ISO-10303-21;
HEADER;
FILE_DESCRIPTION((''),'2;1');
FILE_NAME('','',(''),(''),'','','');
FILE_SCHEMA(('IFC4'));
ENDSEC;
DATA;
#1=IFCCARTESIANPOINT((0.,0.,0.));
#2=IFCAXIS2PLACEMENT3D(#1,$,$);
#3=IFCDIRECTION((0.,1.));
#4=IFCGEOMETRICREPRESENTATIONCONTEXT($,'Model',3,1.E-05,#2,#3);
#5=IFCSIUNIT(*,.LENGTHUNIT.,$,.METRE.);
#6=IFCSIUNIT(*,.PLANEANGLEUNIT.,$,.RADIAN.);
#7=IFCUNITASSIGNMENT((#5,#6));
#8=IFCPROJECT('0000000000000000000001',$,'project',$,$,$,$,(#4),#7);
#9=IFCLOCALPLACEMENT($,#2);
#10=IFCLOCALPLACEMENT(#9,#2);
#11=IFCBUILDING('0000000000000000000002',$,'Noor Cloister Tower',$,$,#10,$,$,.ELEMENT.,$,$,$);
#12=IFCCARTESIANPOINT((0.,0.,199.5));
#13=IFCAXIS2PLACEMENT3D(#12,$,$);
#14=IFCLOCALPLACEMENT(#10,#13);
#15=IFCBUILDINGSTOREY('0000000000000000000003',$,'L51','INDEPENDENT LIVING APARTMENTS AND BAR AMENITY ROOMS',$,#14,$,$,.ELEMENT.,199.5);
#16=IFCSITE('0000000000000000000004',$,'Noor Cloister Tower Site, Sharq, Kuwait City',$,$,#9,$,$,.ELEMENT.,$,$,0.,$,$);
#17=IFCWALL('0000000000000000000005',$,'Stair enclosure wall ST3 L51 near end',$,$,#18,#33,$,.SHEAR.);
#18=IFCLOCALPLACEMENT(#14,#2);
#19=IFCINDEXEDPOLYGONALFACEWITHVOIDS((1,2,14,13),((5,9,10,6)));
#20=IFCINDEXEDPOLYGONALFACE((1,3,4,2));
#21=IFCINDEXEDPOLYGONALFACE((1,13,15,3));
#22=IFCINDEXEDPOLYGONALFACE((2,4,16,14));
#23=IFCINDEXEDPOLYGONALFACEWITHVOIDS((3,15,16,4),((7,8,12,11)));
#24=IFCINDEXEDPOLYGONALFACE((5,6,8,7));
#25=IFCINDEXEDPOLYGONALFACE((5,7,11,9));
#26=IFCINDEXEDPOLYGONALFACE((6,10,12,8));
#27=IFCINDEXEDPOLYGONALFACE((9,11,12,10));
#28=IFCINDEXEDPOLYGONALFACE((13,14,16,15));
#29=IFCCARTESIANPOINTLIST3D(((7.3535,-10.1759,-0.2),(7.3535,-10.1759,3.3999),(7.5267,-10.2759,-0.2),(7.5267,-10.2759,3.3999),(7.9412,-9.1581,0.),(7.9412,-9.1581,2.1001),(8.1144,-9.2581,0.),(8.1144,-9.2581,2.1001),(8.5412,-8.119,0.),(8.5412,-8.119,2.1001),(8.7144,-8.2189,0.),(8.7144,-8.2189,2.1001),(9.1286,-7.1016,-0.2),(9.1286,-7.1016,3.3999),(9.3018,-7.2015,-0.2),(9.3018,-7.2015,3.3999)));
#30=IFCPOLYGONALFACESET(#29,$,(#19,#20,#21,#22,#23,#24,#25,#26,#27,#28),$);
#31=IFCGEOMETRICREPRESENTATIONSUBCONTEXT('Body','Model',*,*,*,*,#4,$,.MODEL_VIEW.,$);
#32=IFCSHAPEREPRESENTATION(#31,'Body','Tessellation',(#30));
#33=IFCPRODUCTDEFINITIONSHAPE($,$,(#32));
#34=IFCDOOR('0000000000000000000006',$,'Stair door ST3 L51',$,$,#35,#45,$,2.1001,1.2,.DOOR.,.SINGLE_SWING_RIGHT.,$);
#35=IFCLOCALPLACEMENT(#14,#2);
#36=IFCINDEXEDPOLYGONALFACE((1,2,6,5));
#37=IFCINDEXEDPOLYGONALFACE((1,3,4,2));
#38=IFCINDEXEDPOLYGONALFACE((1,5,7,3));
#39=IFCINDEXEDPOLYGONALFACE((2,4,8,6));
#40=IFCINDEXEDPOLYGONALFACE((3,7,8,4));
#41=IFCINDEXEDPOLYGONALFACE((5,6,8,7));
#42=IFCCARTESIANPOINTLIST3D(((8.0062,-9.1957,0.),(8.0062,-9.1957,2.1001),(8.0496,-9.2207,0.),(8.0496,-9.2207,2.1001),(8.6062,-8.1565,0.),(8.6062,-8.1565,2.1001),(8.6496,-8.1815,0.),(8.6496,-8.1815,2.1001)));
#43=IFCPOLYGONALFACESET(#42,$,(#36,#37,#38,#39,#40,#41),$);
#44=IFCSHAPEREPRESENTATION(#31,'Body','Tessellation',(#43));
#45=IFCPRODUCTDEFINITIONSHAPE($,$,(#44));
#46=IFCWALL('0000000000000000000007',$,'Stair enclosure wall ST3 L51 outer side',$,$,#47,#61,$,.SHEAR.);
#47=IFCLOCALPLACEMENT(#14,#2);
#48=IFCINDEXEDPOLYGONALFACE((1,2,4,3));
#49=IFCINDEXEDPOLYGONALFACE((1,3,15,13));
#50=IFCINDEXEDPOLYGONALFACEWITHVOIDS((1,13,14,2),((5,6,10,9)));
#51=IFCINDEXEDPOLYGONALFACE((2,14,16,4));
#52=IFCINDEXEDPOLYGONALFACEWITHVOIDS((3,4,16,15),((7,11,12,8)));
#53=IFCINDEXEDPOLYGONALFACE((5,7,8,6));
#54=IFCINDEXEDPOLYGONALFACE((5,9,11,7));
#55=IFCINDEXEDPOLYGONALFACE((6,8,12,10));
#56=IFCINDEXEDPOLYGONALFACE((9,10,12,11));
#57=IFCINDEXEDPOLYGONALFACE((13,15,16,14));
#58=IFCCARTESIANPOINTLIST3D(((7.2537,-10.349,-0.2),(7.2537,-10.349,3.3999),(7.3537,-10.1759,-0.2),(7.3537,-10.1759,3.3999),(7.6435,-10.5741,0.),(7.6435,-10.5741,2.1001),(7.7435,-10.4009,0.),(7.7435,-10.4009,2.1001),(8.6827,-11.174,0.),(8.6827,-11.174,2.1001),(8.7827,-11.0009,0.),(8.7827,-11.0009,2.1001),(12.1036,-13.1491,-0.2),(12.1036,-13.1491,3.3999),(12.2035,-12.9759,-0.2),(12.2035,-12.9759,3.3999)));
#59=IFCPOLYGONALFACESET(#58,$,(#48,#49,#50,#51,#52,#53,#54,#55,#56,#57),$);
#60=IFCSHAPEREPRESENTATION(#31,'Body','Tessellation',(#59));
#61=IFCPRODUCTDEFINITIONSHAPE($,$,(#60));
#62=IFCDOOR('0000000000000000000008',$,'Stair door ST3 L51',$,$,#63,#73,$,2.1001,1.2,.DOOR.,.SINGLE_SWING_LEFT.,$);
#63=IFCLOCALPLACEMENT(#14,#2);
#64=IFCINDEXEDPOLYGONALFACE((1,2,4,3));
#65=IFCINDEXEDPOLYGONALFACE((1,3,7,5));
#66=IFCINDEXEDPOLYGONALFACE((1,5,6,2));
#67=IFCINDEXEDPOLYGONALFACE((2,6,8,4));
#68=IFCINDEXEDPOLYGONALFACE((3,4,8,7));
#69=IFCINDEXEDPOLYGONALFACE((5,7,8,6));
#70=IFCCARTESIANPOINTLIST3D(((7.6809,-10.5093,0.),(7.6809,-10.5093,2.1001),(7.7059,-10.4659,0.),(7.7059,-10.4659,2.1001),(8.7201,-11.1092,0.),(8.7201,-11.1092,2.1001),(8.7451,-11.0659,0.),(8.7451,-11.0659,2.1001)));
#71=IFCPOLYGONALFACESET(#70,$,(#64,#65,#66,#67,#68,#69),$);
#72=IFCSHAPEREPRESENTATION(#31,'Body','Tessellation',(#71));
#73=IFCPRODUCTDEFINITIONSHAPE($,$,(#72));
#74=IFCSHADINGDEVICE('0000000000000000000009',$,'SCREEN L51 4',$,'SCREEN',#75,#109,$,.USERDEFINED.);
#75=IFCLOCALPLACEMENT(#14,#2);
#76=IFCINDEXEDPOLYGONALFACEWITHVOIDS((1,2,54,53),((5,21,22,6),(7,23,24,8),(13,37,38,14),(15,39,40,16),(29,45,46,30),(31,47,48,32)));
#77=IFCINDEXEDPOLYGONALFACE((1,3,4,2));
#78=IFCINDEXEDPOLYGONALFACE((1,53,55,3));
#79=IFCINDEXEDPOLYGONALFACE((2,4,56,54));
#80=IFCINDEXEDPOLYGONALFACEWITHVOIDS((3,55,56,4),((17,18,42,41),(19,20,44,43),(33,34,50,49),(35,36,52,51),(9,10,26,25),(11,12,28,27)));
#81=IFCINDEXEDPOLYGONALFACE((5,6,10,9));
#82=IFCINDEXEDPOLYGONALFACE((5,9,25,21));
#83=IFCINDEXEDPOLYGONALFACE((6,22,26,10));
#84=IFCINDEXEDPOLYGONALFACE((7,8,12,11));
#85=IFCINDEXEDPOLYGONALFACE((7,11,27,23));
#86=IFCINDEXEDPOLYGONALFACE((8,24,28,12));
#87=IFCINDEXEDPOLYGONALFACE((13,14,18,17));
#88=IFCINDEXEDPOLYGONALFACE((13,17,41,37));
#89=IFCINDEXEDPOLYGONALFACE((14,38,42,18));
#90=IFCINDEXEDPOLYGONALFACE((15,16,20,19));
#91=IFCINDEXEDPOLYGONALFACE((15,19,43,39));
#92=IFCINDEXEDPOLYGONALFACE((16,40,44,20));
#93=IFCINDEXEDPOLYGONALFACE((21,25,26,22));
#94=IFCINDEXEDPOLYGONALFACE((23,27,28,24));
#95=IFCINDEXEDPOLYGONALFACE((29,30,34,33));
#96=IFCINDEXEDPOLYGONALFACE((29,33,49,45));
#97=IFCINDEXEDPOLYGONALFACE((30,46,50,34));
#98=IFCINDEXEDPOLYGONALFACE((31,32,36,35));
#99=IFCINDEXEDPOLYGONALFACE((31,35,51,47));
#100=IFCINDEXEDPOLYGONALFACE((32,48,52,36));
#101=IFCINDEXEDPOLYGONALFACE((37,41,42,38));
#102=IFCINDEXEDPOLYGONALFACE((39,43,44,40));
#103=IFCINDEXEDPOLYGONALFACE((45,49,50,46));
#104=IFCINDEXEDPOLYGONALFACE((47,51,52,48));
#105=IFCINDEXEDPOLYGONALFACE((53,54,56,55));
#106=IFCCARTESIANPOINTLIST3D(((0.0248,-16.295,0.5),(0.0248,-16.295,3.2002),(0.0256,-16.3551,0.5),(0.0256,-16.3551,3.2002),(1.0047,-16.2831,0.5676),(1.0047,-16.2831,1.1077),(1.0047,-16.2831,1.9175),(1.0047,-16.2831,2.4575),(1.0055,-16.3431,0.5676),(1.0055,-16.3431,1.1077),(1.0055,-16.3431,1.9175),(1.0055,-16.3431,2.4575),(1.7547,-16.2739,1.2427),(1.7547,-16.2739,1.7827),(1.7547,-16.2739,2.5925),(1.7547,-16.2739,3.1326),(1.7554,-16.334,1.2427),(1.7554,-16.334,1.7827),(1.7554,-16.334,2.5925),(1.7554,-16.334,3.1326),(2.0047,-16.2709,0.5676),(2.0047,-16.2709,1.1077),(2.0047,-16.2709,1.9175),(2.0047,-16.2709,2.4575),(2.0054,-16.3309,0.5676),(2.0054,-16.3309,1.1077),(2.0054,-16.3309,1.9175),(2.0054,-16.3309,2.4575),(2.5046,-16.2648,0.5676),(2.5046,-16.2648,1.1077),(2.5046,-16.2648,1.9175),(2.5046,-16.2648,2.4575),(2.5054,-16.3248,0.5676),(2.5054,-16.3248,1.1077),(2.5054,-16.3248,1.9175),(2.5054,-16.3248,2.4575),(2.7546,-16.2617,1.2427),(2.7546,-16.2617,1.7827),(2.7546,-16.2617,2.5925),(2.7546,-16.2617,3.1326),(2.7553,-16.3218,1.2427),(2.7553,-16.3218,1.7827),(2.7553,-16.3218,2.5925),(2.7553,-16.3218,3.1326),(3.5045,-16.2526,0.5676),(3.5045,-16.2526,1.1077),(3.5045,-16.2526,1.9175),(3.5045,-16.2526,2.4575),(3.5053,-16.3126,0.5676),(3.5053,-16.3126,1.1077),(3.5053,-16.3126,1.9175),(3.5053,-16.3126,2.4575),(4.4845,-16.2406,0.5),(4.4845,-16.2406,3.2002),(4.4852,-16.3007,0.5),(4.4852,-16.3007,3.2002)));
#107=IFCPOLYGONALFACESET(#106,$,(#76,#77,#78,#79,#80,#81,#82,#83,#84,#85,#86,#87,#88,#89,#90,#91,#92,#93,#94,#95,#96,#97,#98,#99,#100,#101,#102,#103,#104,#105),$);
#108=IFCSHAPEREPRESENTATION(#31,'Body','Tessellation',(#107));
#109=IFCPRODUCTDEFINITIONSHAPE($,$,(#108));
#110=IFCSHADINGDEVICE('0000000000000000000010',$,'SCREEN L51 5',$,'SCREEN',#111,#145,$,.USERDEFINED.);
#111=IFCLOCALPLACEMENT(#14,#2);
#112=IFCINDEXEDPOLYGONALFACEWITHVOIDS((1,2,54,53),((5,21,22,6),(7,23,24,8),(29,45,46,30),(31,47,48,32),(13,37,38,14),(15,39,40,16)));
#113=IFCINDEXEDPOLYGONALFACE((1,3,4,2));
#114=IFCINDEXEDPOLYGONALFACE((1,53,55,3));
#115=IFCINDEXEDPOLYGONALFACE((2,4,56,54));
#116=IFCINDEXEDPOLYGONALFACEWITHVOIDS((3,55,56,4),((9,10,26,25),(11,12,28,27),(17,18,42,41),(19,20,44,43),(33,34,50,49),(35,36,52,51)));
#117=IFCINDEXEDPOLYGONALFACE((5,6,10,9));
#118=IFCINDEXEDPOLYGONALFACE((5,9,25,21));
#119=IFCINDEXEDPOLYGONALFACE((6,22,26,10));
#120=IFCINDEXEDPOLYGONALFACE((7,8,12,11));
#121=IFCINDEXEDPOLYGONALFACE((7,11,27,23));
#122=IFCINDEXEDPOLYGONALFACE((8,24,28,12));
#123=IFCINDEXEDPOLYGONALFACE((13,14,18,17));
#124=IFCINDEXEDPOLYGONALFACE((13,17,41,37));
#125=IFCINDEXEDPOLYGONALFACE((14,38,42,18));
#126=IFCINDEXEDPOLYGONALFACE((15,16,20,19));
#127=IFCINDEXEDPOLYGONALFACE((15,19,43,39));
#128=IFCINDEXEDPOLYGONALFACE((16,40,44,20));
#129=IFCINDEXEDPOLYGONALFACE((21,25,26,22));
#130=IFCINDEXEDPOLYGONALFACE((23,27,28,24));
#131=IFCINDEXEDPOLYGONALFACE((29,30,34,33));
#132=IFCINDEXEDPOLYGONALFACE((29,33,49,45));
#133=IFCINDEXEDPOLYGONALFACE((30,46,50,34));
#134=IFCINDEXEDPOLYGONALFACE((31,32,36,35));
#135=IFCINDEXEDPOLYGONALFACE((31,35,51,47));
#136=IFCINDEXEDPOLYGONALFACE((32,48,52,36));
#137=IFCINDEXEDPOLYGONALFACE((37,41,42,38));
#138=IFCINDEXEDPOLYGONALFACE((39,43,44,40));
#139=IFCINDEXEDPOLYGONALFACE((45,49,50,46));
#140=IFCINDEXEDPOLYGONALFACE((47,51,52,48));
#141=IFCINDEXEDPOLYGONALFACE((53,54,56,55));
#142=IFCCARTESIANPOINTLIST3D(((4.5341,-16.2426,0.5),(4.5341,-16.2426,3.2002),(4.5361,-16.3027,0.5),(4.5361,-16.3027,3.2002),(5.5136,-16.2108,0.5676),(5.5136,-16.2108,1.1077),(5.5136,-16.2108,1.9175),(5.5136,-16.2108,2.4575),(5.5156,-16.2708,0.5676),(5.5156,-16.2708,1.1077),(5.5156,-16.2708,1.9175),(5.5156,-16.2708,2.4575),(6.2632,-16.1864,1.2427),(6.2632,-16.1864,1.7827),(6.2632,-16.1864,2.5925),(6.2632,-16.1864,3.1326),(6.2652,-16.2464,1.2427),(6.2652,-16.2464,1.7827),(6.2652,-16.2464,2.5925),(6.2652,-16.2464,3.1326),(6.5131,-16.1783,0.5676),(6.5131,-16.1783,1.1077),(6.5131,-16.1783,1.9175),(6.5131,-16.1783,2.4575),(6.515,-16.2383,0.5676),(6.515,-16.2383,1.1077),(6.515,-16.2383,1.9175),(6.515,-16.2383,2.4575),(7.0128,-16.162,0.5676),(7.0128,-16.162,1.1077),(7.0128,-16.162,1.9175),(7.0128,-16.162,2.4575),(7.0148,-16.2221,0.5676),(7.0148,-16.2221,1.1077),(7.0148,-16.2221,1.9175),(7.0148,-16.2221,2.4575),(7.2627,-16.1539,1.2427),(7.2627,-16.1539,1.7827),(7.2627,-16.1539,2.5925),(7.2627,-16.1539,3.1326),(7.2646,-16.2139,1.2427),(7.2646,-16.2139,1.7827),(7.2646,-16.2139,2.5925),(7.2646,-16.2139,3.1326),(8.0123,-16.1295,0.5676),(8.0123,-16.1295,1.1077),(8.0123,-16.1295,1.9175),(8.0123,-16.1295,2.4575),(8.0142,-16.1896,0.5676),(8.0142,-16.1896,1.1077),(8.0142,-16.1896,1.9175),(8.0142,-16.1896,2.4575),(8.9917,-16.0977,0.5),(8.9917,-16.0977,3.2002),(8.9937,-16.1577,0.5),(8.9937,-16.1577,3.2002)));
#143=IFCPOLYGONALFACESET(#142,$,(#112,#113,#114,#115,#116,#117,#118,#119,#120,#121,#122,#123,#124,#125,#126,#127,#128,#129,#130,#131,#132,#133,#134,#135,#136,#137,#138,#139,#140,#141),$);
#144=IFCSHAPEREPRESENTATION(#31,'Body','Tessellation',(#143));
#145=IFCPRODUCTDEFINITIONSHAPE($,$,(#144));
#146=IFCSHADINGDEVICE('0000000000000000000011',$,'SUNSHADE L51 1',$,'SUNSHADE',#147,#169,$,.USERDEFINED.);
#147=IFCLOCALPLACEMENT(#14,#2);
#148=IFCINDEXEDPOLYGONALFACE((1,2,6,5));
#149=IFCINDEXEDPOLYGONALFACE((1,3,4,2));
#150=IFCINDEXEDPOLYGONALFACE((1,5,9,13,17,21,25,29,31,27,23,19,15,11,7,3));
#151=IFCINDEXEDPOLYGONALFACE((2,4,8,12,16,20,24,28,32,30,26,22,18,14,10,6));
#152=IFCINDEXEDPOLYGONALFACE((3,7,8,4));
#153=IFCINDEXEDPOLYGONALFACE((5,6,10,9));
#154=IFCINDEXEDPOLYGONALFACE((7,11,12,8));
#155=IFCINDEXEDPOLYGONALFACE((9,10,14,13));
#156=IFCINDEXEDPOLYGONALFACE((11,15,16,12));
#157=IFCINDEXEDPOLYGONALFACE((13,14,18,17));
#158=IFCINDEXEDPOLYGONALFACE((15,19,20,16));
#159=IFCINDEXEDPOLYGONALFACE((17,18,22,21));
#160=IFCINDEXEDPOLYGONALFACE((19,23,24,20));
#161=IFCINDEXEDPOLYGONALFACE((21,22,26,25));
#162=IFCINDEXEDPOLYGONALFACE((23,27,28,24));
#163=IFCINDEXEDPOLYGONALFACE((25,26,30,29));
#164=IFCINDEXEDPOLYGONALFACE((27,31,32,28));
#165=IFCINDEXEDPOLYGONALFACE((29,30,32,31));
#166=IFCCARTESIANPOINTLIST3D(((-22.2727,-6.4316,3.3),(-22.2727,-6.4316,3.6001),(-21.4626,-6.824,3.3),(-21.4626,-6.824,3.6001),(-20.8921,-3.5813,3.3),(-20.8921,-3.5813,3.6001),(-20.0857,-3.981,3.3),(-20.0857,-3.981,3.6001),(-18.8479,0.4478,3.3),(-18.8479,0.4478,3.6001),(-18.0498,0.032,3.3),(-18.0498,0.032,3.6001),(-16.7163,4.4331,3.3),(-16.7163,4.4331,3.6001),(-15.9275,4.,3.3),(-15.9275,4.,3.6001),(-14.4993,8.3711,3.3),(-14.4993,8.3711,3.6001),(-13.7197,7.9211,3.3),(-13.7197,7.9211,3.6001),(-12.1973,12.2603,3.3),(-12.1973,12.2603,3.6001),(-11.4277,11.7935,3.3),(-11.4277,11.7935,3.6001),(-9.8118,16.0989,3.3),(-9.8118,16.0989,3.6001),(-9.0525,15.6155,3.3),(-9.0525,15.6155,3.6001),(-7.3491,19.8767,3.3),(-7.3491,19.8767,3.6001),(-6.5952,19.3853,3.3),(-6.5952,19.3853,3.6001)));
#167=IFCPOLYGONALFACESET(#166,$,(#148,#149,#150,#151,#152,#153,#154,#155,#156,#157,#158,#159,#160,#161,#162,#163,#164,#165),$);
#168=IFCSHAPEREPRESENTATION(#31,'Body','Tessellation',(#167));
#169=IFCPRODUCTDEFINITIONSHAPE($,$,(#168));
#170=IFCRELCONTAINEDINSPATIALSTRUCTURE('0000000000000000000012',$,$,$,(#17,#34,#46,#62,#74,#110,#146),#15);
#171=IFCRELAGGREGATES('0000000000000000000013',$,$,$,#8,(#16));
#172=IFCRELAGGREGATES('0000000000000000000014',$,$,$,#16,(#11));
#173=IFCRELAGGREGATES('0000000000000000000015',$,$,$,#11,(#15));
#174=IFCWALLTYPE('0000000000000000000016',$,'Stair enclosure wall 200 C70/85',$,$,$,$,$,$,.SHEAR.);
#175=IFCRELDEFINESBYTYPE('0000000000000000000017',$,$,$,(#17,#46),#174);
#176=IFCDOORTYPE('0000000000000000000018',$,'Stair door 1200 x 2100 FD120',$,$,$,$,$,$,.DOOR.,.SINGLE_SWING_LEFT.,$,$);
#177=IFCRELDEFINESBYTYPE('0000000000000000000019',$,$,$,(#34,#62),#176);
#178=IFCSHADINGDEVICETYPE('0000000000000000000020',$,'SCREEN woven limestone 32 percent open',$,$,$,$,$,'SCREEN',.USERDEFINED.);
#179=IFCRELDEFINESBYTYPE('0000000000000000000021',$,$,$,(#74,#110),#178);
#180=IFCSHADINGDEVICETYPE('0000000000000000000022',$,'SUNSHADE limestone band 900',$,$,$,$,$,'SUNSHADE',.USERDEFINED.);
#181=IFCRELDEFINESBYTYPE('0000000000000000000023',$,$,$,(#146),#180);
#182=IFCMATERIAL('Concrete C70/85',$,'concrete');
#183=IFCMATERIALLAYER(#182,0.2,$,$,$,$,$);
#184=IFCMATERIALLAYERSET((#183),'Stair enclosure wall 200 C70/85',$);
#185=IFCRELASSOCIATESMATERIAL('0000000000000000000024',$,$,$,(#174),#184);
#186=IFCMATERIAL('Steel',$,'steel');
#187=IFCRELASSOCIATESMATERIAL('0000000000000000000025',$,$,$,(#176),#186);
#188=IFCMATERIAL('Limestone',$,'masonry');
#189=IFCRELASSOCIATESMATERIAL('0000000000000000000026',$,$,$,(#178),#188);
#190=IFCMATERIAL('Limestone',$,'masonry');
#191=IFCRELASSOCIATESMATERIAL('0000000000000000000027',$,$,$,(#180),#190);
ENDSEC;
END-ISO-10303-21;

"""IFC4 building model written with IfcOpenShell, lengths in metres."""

from ifc_helpers import new_model, si_unit, direction, frame, frame_2d, origin, place, context, subcontext, project, spatial, polyline, rectangle, outline, extrude, material, layer, layer_set, material_profile, profile_set, type_object, element, fill, save


model = new_model("IFC4")

# Units and contexts
model_context = context("Model", 3, precision=1e-05, world=origin(), true_north=direction((0.0, 1.0)))
body_context = subcontext(model_context, "Body", "Model", "MODEL_VIEW")
ifc_project = project(units=[si_unit("LENGTHUNIT", "METRE"), si_unit("PLANEANGLEUNIT", "RADIAN")], contexts=[model_context])

# Site, building, storey
site_placement = place(None, origin())
site = spatial("IfcSite", under=ifc_project, at=site_placement, Name="Noor Cloister Tower Site, Sharq, Kuwait City", CompositionType="ELEMENT", RefElevation=0.0)
building_placement = place(site_placement, origin())
building = spatial("IfcBuilding", under=site, at=building_placement, Name="Noor Cloister Tower", CompositionType="ELEMENT")
storey_placement = place(building_placement, frame((0.0, 0.0, 199.5)))
storey = spatial("IfcBuildingStorey", under=building, at=storey_placement, Name="L51", Description="INDEPENDENT LIVING APARTMENTS AND BAR AMENITY ROOMS", CompositionType="ELEMENT", Elevation=199.5)

# Walls, openings, doors
ifc_material_1 = material(Name="Concrete C70/85", Category="concrete")
ifc_layer_1 = layer(ifc_material_1, 0.2)
ifc_layer_set_1 = layer_set([ifc_layer_1], Name="Stair enclosure wall 200 C70/85")
wall_type_1 = type_object("IfcWallType", Name="Stair enclosure wall 200 C70/85", PredefinedType="SHEAR", material=ifc_layer_set_1)
wall_1_placement = place(storey_placement, frame((7.4402, -10.2258, -0.2), z_axis=(0.0, 0.0, 1.0), x_axis=(0.500022, 0.866013, 0.0)))
wall_1 = element("IfcWall", 1, at=wall_1_placement, inside=storey, type_object=wall_type_1, Name="Stair enclosure wall ST3 L51 near end", PredefinedType="SHEAR", context=body_context, shape_type="SweptSolid", body=[
    extrude(rectangle(XDim=3.55, YDim=0.2, at=frame_2d((1.7749, 0.0))), origin(), (0.0, 0.0, 1.0), 3.5999),
])
opening_1_placement = place(wall_1_placement, frame((1.175, 0.0, 0.2)))
opening_1 = element("IfcOpeningElement", 2, at=opening_1_placement, cuts=wall_1, PredefinedType="OPENING", context=body_context, shape_type="SweptSolid", body=[
    extrude(rectangle(XDim=1.2, YDim=2.1001, at=frame_2d((0.6001, 1.05))), frame((0.0, 0.1099, 0.0), z_axis=(0.0, -1.0, 0.0), x_axis=(1.0, 0.0, 0.0)), (0.0, 0.0, 1.0), 0.22),
])
ifc_material_2 = material(Name="Steel", Category="steel")
door_type_1 = type_object("IfcDoorType", Name="Stair door 1200 x 2100 FD120", OperationType="SINGLE_SWING_LEFT", PredefinedType="DOOR", material=ifc_material_2)
door_1_placement = place(opening_1_placement, origin())
door_1 = element("IfcDoor", 3, at=door_1_placement, inside=storey, type_object=door_type_1, Name="Stair door ST3 L51", OperationType="SINGLE_SWING_RIGHT", OverallHeight=2.1001, OverallWidth=1.2, PredefinedType="DOOR", context=body_context, shape_type="SweptSolid", body=[
    extrude(rectangle(XDim=1.2, YDim=2.1001, at=frame_2d((0.6001, 1.05))), frame((0.0, 0.0249, 0.0), z_axis=(0.0, -1.0, 0.0), x_axis=(1.0, 0.0, 0.0)), (0.0, 0.0, 1.0), 0.05),
])
fill(opening_1, door_1)
wall_2_placement = place(storey_placement, frame((7.3037, -10.2625, -0.2), z_axis=(0.0, 0.0, 1.0), x_axis=(0.866027, -0.499998, 0.0)))
wall_2 = element("IfcWall", 4, at=wall_2_placement, inside=storey, type_object=wall_type_1, Name="Stair enclosure wall ST3 L51 outer side", PredefinedType="SHEAR", context=body_context, shape_type="SweptSolid", body=[
    extrude(rectangle(XDim=5.6001, YDim=0.2, at=frame_2d((2.8, 0.0))), origin(), (0.0, 0.0, 1.0), 3.5999),
])
opening_2_placement = place(wall_2_placement, frame((0.45, 0.0, 0.2)))
opening_2 = element("IfcOpeningElement", 5, at=opening_2_placement, cuts=wall_2, PredefinedType="OPENING", context=body_context, shape_type="SweptSolid", body=[
    extrude(rectangle(XDim=1.2, YDim=2.1001, at=frame_2d((0.6001, 1.05))), frame((0.0, 0.1099, 0.0), z_axis=(0.0, -1.0, 0.0), x_axis=(1.0, 0.0, 0.0)), (0.0, 0.0, 1.0), 0.22),
])
door_2_placement = place(opening_2_placement, origin())
door_2 = element("IfcDoor", 6, at=door_2_placement, inside=storey, type_object=door_type_1, Name="Stair door ST3 L51", OperationType="SINGLE_SWING_LEFT", OverallHeight=2.1001, OverallWidth=1.2, PredefinedType="DOOR", context=body_context, shape_type="SweptSolid", body=[
    extrude(rectangle(XDim=1.2, YDim=2.1001, at=frame_2d((0.6001, 1.05))), frame((0.0, 0.0249, 0.0), z_axis=(0.0, -1.0, 0.0), x_axis=(1.0, 0.0, 0.0)), (0.0, 0.0, 1.0), 0.05),
])
fill(opening_2, door_2)

# Shading devices
ifc_material_3 = material(Name="Limestone", Category="masonry")
ifc_material_profile_1 = material_profile(ifc_material_3, outline(polyline([(-2.23, -1.3501), (2.23, -1.3501), (2.23, 1.3501), (-2.23, 1.3501), (-2.23, -1.3501)]), holes=[polyline([(-1.25, -1.2825), (-0.25, -1.2825), (-0.25, -0.7424), (-1.25, -0.7424), (-1.25, -1.2825)]), polyline([(0.25, -1.2825), (1.25, -1.2825), (1.25, -0.7424), (0.25, -0.7424), (0.25, -1.2825)]), polyline([(-0.5, -0.6074), (0.5, -0.6074), (0.5, -0.0674), (-0.5, -0.0674), (-0.5, -0.6074)]), polyline([(-1.25, 0.0674), (-0.25, 0.0674), (-0.25, 0.6074), (-1.25, 0.6074), (-1.25, 0.0674)]), polyline([(0.25, 0.0674), (1.25, 0.0674), (1.25, 0.6074), (0.25, 0.6074), (0.25, 0.0674)]), polyline([(-0.5, 0.7424), (0.5, 0.7424), (0.5, 1.2825), (-0.5, 1.2825), (-0.5, 0.7424)])]), Name="Woven screen 32 percent open")
ifc_profile_set_1 = profile_set([ifc_material_profile_1], Name="Limestone")
shading_device_type_1 = type_object("IfcShadingDeviceType", Name="SCREEN woven limestone 32 percent open", ElementType="SCREEN", PredefinedType="USERDEFINED", material=ifc_profile_set_1)
for number, where, z_axis, x_axis, name in (
    (7, (2.2546, -16.2678, 1.8501), (0.012194, -0.999926, 0.0), (0.999926, 0.012194, 0.0), "SCREEN L51 4"),
    (8, (6.7629, -16.1702, 1.8501), (0.032503, -0.999472, 0.0), (0.999472, 0.032503, 0.0), "SCREEN L51 5"),
):
    element("IfcShadingDevice", number, at=place(storey_placement, frame(where, z_axis=z_axis, x_axis=x_axis)), inside=storey, type_object=shading_device_type_1, Name=name, ObjectType="SCREEN", PredefinedType="USERDEFINED", context=body_context, shape_type="SweptSolid", body=[
        extrude(outline(polyline([(-2.23, -1.3501), (2.23, -1.3501), (2.23, 1.3501), (-2.23, 1.3501), (-2.23, -1.3501)]), holes=[polyline([(-1.25, -1.2825), (-0.25, -1.2825), (-0.25, -0.7424), (-1.25, -0.7424), (-1.25, -1.2825)]), polyline([(0.25, -1.2825), (1.25, -1.2825), (1.25, -0.7424), (0.25, -0.7424), (0.25, -1.2825)]), polyline([(-0.5, -0.6074), (0.5, -0.6074), (0.5, -0.0674), (-0.5, -0.0674), (-0.5, -0.6074)]), polyline([(-1.25, 0.0674), (-0.25, 0.0674), (-0.25, 0.6074), (-1.25, 0.6074), (-1.25, 0.0674)]), polyline([(0.25, 0.0674), (1.25, 0.0674), (1.25, 0.6074), (0.25, 0.6074), (0.25, 0.0674)]), polyline([(-0.5, 0.7424), (0.5, 0.7424), (0.5, 1.2825), (-0.5, 1.2825), (-0.5, 0.7424)])]), origin(), (0.0, 0.0, 1.0), 0.0601),
    ])
ifc_material_4 = material(Name="Limestone", Category="masonry")
shading_device_type_2 = type_object("IfcShadingDeviceType", Name="SUNSHADE limestone band 900", ElementType="SUNSHADE", PredefinedType="USERDEFINED", material=ifc_material_4)
shading_device_1_placement = place(storey_placement, frame((0.0, 0.0, 3.3)))
element("IfcShadingDevice", 9, at=shading_device_1_placement, inside=storey, type_object=shading_device_type_2, Name="SUNSHADE L51 1", ObjectType="SUNSHADE", PredefinedType="USERDEFINED", context=body_context, shape_type="SweptSolid", body=[
    extrude(outline(polyline([(-7.3491, 19.8767), (-9.8118, 16.0989), (-12.1973, 12.2603), (-14.4993, 8.3711), (-16.7163, 4.4331), (-18.8479, 0.4478), (-20.8921, -3.5813), (-22.2727, -6.4316), (-21.4626, -6.824), (-20.0857, -3.981), (-18.0498, 0.032), (-15.9275, 4.0), (-13.7197, 7.9211), (-11.4277, 11.7935), (-9.0525, 15.6155), (-6.5952, 19.3853), (-7.3491, 19.8767)])), origin(), (0.0, 0.0, 1.0), 0.3),
])

save(model, "model.ifc")
